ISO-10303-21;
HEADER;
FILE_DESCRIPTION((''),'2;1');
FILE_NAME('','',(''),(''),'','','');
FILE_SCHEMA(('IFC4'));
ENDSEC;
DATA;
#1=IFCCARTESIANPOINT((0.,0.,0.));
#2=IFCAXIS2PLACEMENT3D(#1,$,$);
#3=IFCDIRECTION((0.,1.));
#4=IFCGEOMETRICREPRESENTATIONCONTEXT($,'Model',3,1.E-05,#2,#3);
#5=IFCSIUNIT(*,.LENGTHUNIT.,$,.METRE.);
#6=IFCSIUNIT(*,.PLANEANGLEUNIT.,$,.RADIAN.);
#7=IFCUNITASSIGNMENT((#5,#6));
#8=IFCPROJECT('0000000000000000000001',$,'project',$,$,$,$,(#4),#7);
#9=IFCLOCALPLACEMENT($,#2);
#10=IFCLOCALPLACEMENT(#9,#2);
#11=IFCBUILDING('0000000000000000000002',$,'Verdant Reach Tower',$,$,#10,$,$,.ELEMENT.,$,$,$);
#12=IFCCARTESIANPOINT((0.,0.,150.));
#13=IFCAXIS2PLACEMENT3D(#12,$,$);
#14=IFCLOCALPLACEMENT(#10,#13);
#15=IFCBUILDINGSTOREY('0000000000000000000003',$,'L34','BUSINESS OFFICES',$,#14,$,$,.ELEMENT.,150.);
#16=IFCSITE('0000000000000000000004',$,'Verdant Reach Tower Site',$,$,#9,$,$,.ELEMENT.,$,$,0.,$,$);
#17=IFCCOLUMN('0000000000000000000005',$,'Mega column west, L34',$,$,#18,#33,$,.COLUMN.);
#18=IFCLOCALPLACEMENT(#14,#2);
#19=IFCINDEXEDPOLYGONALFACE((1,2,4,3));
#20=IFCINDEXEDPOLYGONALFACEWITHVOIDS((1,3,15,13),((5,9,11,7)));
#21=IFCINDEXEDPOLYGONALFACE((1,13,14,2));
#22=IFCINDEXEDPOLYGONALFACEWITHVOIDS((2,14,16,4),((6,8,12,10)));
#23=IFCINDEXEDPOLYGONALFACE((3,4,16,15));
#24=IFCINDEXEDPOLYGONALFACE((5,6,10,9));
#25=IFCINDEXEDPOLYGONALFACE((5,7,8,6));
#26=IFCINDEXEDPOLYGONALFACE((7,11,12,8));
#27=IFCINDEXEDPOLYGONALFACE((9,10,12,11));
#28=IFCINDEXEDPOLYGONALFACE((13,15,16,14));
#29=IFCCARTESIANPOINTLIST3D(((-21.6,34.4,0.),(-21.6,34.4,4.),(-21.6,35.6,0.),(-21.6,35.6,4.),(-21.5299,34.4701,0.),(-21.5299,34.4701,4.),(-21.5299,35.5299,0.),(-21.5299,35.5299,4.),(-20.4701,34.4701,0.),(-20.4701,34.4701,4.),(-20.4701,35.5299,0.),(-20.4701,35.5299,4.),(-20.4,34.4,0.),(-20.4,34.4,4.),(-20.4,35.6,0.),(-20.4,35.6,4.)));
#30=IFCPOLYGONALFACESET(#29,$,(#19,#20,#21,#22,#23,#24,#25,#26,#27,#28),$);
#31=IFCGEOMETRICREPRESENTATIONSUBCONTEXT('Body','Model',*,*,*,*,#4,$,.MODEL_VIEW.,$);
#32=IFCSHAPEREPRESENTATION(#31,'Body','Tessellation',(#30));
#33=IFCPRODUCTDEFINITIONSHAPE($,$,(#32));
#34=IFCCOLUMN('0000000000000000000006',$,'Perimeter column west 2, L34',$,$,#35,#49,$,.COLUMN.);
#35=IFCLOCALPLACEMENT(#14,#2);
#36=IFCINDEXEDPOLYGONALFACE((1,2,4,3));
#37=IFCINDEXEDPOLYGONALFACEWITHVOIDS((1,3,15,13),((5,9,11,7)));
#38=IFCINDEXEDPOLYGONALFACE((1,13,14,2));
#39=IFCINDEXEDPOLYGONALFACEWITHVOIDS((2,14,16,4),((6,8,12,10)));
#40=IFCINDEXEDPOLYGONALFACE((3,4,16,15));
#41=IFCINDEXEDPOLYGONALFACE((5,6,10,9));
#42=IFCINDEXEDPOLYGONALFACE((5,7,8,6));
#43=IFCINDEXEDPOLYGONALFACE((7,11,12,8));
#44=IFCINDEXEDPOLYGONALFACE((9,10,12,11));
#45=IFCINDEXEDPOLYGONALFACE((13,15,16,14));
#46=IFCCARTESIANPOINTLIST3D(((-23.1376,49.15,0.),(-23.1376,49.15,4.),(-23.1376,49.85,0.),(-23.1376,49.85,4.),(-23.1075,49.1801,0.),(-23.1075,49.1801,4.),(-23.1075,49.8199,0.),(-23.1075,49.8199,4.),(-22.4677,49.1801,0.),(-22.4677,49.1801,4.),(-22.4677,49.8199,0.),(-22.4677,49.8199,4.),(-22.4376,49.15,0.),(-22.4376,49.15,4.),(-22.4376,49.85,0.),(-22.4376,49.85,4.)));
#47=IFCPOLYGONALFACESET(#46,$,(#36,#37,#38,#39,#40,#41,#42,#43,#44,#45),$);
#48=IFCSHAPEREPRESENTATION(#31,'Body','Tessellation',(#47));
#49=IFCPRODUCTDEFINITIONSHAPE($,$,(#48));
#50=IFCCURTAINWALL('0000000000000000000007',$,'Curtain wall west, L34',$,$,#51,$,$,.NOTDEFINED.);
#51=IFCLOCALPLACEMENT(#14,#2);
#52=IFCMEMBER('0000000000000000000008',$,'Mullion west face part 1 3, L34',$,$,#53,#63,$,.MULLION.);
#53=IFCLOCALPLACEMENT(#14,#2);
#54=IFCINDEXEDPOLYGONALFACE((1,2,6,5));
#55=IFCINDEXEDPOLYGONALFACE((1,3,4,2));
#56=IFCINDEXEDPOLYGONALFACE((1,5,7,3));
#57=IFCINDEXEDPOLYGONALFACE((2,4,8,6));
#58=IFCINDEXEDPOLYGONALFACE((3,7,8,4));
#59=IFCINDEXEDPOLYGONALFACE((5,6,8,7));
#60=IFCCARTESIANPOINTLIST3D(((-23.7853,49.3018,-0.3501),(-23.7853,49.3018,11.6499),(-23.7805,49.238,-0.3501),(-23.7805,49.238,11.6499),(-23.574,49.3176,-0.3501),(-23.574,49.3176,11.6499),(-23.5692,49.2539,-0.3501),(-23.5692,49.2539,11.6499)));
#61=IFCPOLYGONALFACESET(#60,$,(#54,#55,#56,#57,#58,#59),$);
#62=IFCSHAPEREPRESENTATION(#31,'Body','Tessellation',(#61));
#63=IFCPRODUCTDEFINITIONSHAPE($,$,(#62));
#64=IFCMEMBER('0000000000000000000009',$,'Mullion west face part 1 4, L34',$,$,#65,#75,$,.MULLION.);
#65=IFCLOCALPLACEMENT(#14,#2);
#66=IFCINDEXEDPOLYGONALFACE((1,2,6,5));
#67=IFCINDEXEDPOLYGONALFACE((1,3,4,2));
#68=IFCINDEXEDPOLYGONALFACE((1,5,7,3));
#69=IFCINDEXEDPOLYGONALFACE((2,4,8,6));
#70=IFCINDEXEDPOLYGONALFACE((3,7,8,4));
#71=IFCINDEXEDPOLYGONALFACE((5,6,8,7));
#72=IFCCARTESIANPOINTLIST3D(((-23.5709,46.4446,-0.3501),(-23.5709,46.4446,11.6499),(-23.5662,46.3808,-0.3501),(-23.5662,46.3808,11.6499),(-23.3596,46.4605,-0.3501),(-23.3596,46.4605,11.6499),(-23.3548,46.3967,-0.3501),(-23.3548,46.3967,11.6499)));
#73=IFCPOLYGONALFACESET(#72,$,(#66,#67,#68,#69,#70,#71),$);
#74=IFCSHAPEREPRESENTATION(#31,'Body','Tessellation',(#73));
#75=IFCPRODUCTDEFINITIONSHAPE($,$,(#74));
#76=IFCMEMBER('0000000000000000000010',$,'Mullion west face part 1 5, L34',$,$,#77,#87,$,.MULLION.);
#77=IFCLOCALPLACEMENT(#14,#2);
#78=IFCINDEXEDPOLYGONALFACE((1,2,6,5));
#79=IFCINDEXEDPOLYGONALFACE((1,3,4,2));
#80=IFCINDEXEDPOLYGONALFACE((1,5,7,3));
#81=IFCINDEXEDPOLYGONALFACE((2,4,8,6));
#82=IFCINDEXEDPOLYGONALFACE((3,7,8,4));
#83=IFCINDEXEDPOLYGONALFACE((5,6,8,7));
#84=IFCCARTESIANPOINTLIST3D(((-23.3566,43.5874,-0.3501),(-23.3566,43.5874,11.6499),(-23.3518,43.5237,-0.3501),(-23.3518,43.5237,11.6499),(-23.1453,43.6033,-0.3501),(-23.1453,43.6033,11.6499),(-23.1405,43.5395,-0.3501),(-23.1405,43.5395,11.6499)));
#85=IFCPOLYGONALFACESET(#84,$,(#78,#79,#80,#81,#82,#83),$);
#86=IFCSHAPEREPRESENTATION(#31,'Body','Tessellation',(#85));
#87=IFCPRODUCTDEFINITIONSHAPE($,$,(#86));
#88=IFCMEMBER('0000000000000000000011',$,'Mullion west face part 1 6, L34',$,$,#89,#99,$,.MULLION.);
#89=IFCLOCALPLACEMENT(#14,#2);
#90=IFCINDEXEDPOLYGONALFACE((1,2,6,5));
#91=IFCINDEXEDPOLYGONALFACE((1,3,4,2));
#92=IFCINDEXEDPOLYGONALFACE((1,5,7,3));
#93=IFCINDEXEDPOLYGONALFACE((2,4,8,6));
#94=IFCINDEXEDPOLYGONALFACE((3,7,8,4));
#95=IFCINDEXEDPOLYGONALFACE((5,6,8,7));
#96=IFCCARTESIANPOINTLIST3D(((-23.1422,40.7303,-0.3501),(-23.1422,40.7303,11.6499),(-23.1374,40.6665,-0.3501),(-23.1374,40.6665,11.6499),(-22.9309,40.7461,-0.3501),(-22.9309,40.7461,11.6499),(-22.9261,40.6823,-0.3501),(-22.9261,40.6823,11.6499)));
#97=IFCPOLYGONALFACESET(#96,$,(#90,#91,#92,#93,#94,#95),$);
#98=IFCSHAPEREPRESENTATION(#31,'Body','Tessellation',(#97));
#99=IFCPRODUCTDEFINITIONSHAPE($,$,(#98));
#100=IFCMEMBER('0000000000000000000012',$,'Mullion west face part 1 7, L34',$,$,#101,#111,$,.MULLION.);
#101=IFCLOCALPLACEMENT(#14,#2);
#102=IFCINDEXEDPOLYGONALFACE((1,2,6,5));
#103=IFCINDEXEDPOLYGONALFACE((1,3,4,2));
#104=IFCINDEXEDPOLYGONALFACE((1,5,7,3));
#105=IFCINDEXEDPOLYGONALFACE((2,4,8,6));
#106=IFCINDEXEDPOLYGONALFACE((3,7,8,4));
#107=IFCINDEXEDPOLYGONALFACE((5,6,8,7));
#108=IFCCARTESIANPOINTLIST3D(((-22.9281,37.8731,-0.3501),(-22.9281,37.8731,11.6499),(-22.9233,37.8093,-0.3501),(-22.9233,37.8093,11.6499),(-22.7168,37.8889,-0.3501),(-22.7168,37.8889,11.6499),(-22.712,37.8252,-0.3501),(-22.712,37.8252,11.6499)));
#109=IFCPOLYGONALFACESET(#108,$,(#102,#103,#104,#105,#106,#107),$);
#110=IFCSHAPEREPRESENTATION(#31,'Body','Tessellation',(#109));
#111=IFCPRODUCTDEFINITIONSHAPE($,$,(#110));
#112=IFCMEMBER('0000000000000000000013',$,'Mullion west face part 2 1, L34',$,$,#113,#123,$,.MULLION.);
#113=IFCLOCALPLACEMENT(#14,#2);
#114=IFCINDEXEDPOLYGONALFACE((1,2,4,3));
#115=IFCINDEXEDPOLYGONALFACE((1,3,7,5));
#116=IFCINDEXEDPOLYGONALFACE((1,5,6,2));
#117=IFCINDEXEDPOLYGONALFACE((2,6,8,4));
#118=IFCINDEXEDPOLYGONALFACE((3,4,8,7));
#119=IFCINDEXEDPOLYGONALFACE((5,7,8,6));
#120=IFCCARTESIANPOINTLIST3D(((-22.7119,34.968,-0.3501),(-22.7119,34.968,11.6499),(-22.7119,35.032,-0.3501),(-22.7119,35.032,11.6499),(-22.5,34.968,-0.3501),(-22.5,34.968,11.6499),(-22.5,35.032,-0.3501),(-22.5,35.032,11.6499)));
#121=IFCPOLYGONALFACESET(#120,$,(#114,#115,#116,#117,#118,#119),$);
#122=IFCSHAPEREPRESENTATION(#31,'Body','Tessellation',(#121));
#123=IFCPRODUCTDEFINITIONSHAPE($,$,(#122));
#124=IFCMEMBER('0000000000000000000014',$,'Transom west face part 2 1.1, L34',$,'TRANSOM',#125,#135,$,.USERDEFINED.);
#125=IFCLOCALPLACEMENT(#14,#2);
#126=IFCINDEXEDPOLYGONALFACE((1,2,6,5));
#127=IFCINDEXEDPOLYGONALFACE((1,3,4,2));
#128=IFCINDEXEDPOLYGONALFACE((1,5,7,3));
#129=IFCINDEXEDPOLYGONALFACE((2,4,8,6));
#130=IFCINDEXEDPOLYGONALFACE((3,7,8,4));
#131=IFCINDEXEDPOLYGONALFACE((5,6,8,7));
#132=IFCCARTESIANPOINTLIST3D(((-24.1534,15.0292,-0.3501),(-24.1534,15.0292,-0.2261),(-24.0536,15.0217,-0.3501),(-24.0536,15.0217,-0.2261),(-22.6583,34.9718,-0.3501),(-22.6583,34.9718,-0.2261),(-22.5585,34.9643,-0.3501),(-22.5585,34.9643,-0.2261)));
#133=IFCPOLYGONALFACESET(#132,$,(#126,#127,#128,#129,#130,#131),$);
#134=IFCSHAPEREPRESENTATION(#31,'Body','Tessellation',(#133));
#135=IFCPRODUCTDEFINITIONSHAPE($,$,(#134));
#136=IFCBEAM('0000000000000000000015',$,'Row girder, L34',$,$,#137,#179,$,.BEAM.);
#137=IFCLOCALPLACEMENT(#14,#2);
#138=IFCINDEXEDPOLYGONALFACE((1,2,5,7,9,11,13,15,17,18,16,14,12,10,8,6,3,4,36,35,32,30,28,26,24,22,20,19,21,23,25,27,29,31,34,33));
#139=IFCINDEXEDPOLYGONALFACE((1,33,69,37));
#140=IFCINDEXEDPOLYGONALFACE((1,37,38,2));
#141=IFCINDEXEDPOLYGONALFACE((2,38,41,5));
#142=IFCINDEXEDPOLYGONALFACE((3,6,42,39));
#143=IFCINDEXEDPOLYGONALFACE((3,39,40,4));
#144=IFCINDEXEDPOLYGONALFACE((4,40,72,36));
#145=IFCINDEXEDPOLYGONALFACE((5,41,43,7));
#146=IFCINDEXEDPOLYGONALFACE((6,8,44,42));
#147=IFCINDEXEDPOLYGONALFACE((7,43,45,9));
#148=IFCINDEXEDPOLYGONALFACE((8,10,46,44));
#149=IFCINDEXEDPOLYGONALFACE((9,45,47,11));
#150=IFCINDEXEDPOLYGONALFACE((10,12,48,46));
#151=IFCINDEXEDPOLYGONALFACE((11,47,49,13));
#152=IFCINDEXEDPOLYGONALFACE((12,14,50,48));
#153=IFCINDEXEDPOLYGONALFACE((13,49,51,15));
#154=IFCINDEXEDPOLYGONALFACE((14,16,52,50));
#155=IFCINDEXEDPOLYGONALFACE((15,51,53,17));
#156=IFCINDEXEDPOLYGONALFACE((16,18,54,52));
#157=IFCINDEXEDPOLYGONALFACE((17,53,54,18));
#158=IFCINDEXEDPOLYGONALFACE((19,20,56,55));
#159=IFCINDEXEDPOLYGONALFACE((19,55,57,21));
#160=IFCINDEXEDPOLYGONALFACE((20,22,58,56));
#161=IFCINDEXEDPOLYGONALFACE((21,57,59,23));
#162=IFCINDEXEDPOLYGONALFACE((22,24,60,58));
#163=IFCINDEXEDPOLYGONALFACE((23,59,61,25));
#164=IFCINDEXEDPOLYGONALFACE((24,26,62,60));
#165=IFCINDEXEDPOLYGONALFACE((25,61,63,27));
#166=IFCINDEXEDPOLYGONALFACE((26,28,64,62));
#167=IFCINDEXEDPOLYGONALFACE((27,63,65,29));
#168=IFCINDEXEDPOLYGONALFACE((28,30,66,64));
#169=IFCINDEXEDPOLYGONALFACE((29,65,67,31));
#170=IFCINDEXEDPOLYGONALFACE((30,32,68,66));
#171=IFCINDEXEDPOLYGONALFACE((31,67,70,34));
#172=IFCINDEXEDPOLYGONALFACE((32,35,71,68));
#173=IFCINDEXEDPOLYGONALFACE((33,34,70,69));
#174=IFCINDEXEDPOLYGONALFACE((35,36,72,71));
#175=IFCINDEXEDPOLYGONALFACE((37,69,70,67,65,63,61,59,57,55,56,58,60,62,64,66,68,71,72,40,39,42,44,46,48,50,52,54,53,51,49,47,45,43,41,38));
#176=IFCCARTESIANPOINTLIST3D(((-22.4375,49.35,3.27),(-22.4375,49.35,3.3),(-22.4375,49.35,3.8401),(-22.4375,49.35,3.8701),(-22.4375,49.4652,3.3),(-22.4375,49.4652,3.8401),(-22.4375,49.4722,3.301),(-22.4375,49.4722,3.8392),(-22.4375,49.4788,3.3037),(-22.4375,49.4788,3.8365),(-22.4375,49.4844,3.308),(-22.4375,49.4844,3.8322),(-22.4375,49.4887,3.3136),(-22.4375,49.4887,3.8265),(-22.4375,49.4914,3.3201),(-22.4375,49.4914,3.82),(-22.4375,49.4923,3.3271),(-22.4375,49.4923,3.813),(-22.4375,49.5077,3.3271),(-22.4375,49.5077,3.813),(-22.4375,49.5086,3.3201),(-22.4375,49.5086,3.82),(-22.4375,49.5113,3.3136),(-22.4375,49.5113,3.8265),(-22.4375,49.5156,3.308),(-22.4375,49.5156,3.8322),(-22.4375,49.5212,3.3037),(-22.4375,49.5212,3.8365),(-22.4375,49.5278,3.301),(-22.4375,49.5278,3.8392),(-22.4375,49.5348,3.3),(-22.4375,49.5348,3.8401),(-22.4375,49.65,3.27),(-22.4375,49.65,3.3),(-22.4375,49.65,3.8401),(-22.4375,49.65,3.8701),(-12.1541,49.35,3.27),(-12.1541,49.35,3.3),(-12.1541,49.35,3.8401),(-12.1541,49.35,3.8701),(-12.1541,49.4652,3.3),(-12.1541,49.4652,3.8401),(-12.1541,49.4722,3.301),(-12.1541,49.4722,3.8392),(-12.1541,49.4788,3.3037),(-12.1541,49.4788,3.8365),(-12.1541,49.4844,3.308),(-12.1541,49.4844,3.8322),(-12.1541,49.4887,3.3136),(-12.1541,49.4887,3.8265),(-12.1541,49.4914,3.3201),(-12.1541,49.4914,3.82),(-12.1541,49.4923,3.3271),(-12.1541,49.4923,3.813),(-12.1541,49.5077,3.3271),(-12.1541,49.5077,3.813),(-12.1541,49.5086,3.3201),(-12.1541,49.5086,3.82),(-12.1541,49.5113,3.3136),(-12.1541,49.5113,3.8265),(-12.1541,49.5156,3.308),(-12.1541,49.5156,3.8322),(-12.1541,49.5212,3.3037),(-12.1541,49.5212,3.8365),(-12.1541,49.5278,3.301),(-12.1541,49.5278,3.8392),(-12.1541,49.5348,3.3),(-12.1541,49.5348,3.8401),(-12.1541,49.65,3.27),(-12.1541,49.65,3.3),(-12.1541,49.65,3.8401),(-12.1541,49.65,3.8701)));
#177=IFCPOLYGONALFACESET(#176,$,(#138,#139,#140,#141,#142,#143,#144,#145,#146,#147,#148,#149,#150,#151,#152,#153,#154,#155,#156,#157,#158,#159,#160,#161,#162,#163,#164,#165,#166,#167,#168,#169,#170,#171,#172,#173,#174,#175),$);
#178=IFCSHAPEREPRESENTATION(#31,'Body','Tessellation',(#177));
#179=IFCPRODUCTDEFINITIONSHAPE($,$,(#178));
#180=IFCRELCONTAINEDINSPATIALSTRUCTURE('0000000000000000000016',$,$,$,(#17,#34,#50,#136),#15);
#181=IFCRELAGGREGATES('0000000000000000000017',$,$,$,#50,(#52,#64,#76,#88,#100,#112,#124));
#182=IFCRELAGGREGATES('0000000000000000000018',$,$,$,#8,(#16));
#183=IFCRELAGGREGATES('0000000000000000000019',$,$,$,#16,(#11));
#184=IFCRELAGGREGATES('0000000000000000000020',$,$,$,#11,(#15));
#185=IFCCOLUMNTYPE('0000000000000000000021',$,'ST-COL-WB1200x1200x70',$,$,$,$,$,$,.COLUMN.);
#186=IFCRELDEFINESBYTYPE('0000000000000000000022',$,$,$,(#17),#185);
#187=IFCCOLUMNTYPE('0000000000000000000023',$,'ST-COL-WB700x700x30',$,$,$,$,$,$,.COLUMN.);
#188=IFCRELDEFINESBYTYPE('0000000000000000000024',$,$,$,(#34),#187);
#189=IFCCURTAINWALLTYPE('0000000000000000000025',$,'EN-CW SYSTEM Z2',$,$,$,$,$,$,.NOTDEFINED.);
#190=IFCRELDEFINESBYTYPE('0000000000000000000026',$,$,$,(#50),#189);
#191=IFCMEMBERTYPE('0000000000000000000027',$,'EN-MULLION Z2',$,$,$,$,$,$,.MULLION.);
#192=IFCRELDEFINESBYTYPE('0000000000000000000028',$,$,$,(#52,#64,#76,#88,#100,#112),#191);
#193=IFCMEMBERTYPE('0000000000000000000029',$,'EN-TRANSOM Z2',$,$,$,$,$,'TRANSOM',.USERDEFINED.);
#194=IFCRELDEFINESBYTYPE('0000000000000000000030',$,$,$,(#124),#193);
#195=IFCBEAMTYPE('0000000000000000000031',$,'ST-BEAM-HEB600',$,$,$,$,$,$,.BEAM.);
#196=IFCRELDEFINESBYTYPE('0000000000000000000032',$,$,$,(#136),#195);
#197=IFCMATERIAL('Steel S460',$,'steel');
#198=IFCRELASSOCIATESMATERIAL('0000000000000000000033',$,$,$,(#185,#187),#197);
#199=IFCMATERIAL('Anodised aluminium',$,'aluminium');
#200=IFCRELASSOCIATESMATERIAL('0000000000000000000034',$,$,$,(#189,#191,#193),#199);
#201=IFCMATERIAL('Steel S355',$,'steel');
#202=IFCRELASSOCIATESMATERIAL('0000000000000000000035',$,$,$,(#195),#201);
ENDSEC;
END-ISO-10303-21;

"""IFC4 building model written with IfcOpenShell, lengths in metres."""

from ifc_helpers import new_model, si_unit, direction, frame, origin, origin_2d, place, context, subcontext, project, spatial, rectangle, hollow_rectangle, i_section, extrude, material, material_profile, profile_set, type_object, element, aggregate, save


model = new_model("IFC4")

# Units and contexts
model_context = context("Model", 3, precision=1e-05, world=origin(), true_north=direction((0.0, 1.0)))
body_context = subcontext(model_context, "Body", "Model", "MODEL_VIEW")
ifc_project = project(units=[si_unit("LENGTHUNIT", "METRE"), si_unit("PLANEANGLEUNIT", "RADIAN")], contexts=[model_context])

# Site, building, storey
site_placement = place(None, origin())
site = spatial("IfcSite", under=ifc_project, at=site_placement, Name="Verdant Reach Tower Site", CompositionType="ELEMENT", RefElevation=0.0)
building_placement = place(site_placement, origin())
building = spatial("IfcBuilding", under=site, at=building_placement, Name="Verdant Reach Tower", CompositionType="ELEMENT")
storey_placement = place(building_placement, frame((0.0, 0.0, 150.0)))
storey = spatial("IfcBuildingStorey", under=building, at=storey_placement, Name="L34", Description="BUSINESS OFFICES", CompositionType="ELEMENT", Elevation=150.0)

# Columns
ifc_material_1 = material(Name="Steel S460", Category="steel")
ifc_material_profile_1 = material_profile(ifc_material_1, hollow_rectangle(XDim=1.2, YDim=1.2, WallThickness=0.0701, at=origin_2d()), Name="WB 1200x1200x70")
ifc_profile_set_1 = profile_set([ifc_material_profile_1], Name="Steel S460")
column_type_1 = type_object("IfcColumnType", Name="ST-COL-WB1200x1200x70", PredefinedType="COLUMN", material=ifc_profile_set_1)
column_1_placement = place(storey_placement, frame((-21.0, 35.0, 0.0), z_axis=(0.0, 0.0, 1.0), x_axis=(1.0, 0.0, 0.0)))
element("IfcColumn", 1, at=column_1_placement, inside=storey, type_object=column_type_1, Name="Mega column west, L34", PredefinedType="COLUMN", context=body_context, shape_type="SweptSolid", body=[
    extrude(hollow_rectangle(XDim=1.2, YDim=1.2, WallThickness=0.0701, at=origin_2d()), origin(), (0.0, 0.0, 1.0), 4.0),
])
ifc_material_profile_2 = material_profile(ifc_material_1, hollow_rectangle(XDim=0.7, YDim=0.7, WallThickness=0.03, at=origin_2d()), Name="WB 700x700x30")
ifc_profile_set_2 = profile_set([ifc_material_profile_2], Name="Steel S460")
column_type_2 = type_object("IfcColumnType", Name="ST-COL-WB700x700x30", PredefinedType="COLUMN", material=ifc_profile_set_2)
column_2_placement = place(storey_placement, frame((-22.7876, 49.5, 0.0), z_axis=(0.0, 0.0, 1.0), x_axis=(1.0, 0.0, 0.0)))
element("IfcColumn", 2, at=column_2_placement, inside=storey, type_object=column_type_2, Name="Perimeter column west 2, L34", PredefinedType="COLUMN", context=body_context, shape_type="SweptSolid", body=[
    extrude(hollow_rectangle(XDim=0.7, YDim=0.7, WallThickness=0.03, at=origin_2d()), origin(), (0.0, 0.0, 1.0), 4.0),
])

# Curtain wall, members
ifc_material_2 = material(Name="Anodised aluminium", Category="aluminium")
curtain_wall_type = type_object("IfcCurtainWallType", Name="EN-CW SYSTEM Z2", PredefinedType="NOTDEFINED", material=ifc_material_2)
curtain_wall_placement = place(storey_placement, origin())
curtain_wall = element("IfcCurtainWall", 3, at=curtain_wall_placement, inside=storey, type_object=curtain_wall_type, Name="Curtain wall west, L34", PredefinedType="NOTDEFINED")
ifc_material_profile_3 = material_profile(ifc_material_2, rectangle(XDim=0.2119, YDim=0.064, at=origin_2d()), Name="Mullion 64x212")
ifc_profile_set_3 = profile_set([ifc_material_profile_3], Name="Anodised aluminium")
member_type_1 = type_object("IfcMemberType", Name="EN-MULLION Z2", PredefinedType="MULLION", material=ifc_profile_set_3)
member_1_placement = place(storey_placement, frame((-23.6772, 49.2778, -0.3501), z_axis=(0.0, 0.0, 1.0), x_axis=(-0.997199, -0.07479, 0.0)))
member_1 = element("IfcMember", 4, at=member_1_placement, type_object=member_type_1, Name="Mullion west face part 1 3, L34", PredefinedType="MULLION", context=body_context, shape_type="SweptSolid", body=[
    extrude(rectangle(XDim=0.2119, YDim=0.064, at=origin_2d()), origin(), (0.0, 0.0, 1.0), 12.0),
])
member_2_placement = place(storey_placement, frame((-23.4629, 46.4207, -0.3501), z_axis=(0.0, 0.0, 1.0), x_axis=(-0.997199, -0.07479, 0.0)))
member_2 = element("IfcMember", 5, at=member_2_placement, type_object=member_type_1, Name="Mullion west face part 1 4, L34", PredefinedType="MULLION", context=body_context, shape_type="SweptSolid", body=[
    extrude(rectangle(XDim=0.2119, YDim=0.064, at=origin_2d()), origin(), (0.0, 0.0, 1.0), 12.0),
])
member_3_placement = place(storey_placement, frame((-23.2485, 43.5635, -0.3501), z_axis=(0.0, 0.0, 1.0), x_axis=(-0.997199, -0.07479, 0.0)))
member_3 = element("IfcMember", 6, at=member_3_placement, type_object=member_type_1, Name="Mullion west face part 1 5, L34", PredefinedType="MULLION", context=body_context, shape_type="SweptSolid", body=[
    extrude(rectangle(XDim=0.2119, YDim=0.064, at=origin_2d()), origin(), (0.0, 0.0, 1.0), 12.0),
])
member_4_placement = place(storey_placement, frame((-23.0342, 40.7063, -0.3501), z_axis=(0.0, 0.0, 1.0), x_axis=(-0.997199, -0.07479, 0.0)))
member_4 = element("IfcMember", 7, at=member_4_placement, type_object=member_type_1, Name="Mullion west face part 1 6, L34", PredefinedType="MULLION", context=body_context, shape_type="SweptSolid", body=[
    extrude(rectangle(XDim=0.2119, YDim=0.064, at=origin_2d()), origin(), (0.0, 0.0, 1.0), 12.0),
])
member_5_placement = place(storey_placement, frame((-22.8201, 37.8491, -0.3501), z_axis=(0.0, 0.0, 1.0), x_axis=(-0.997199, -0.07479, 0.0)))
member_5 = element("IfcMember", 8, at=member_5_placement, type_object=member_type_1, Name="Mullion west face part 1 7, L34", PredefinedType="MULLION", context=body_context, shape_type="SweptSolid", body=[
    extrude(rectangle(XDim=0.2119, YDim=0.064, at=origin_2d()), origin(), (0.0, 0.0, 1.0), 12.0),
])
member_6_placement = place(storey_placement, frame((-22.606, 35.0, -0.3501), z_axis=(0.0, 0.0, 1.0), x_axis=(-1.0, 0.0, 0.0)))
member_6 = element("IfcMember", 9, at=member_6_placement, type_object=member_type_1, Name="Mullion west face part 2 1, L34", PredefinedType="MULLION", context=body_context, shape_type="SweptSolid", body=[
    extrude(rectangle(XDim=0.2119, YDim=0.064, at=origin_2d()), origin(), (0.0, 0.0, 1.0), 12.0),
])
ifc_material_profile_4 = material_profile(ifc_material_2, rectangle(XDim=0.1001, YDim=0.124, at=origin_2d()), Name="Transom 124x100")
ifc_profile_set_4 = profile_set([ifc_material_profile_4], Name="Anodised aluminium")
member_type_2 = type_object("IfcMemberType", Name="EN-TRANSOM Z2", ElementType="TRANSOM", PredefinedType="USERDEFINED", material=ifc_profile_set_4)
member_7_placement = place(storey_placement, frame((-22.6084, 34.968, -0.2881), z_axis=(-0.074761, -0.997201, 0.0), x_axis=(0.997201, -0.074761, 0.0)))
member_7 = element("IfcMember", 10, at=member_7_placement, type_object=member_type_2, Name="Transom west face part 2 1.1, L34", ObjectType="TRANSOM", PredefinedType="USERDEFINED", context=body_context, shape_type="SweptSolid", body=[
    extrude(rectangle(XDim=0.1001, YDim=0.124, at=origin_2d()), origin(), (0.0, 0.0, 1.0), 19.9985),
])

# Beam
ifc_material_3 = material(Name="Steel S355", Category="steel")
ifc_material_profile_5 = material_profile(ifc_material_3, i_section(OverallWidth=0.3, OverallDepth=0.6001, WebThickness=0.0154, FlangeThickness=0.03, FilletRadius=0.0271, at=origin_2d()), Name="HEB 600")
ifc_profile_set_5 = profile_set([ifc_material_profile_5], Name="Steel S355")
beam_type_1 = type_object("IfcBeamType", Name="ST-BEAM-HEB600", PredefinedType="BEAM", material=ifc_profile_set_5)
beam_1_placement = place(storey_placement, frame((-22.4375, 49.5, 3.5701), z_axis=(1.0, 0.0, 0.0), x_axis=(0.0, 1.0, 0.0)))
element("IfcBeam", 11, at=beam_1_placement, inside=storey, type_object=beam_type_1, Name="Row girder, L34", PredefinedType="BEAM", context=body_context, shape_type="SweptSolid", body=[
    extrude(i_section(OverallWidth=0.3, OverallDepth=0.6001, WebThickness=0.0154, FlangeThickness=0.03, FilletRadius=0.0271, at=origin_2d()), origin(), (0.0, 0.0, 1.0), 10.2834),
])

aggregate(curtain_wall, [member_1, member_2, member_3, member_4, member_5, member_6, member_7])

save(model, "model.ifc")
